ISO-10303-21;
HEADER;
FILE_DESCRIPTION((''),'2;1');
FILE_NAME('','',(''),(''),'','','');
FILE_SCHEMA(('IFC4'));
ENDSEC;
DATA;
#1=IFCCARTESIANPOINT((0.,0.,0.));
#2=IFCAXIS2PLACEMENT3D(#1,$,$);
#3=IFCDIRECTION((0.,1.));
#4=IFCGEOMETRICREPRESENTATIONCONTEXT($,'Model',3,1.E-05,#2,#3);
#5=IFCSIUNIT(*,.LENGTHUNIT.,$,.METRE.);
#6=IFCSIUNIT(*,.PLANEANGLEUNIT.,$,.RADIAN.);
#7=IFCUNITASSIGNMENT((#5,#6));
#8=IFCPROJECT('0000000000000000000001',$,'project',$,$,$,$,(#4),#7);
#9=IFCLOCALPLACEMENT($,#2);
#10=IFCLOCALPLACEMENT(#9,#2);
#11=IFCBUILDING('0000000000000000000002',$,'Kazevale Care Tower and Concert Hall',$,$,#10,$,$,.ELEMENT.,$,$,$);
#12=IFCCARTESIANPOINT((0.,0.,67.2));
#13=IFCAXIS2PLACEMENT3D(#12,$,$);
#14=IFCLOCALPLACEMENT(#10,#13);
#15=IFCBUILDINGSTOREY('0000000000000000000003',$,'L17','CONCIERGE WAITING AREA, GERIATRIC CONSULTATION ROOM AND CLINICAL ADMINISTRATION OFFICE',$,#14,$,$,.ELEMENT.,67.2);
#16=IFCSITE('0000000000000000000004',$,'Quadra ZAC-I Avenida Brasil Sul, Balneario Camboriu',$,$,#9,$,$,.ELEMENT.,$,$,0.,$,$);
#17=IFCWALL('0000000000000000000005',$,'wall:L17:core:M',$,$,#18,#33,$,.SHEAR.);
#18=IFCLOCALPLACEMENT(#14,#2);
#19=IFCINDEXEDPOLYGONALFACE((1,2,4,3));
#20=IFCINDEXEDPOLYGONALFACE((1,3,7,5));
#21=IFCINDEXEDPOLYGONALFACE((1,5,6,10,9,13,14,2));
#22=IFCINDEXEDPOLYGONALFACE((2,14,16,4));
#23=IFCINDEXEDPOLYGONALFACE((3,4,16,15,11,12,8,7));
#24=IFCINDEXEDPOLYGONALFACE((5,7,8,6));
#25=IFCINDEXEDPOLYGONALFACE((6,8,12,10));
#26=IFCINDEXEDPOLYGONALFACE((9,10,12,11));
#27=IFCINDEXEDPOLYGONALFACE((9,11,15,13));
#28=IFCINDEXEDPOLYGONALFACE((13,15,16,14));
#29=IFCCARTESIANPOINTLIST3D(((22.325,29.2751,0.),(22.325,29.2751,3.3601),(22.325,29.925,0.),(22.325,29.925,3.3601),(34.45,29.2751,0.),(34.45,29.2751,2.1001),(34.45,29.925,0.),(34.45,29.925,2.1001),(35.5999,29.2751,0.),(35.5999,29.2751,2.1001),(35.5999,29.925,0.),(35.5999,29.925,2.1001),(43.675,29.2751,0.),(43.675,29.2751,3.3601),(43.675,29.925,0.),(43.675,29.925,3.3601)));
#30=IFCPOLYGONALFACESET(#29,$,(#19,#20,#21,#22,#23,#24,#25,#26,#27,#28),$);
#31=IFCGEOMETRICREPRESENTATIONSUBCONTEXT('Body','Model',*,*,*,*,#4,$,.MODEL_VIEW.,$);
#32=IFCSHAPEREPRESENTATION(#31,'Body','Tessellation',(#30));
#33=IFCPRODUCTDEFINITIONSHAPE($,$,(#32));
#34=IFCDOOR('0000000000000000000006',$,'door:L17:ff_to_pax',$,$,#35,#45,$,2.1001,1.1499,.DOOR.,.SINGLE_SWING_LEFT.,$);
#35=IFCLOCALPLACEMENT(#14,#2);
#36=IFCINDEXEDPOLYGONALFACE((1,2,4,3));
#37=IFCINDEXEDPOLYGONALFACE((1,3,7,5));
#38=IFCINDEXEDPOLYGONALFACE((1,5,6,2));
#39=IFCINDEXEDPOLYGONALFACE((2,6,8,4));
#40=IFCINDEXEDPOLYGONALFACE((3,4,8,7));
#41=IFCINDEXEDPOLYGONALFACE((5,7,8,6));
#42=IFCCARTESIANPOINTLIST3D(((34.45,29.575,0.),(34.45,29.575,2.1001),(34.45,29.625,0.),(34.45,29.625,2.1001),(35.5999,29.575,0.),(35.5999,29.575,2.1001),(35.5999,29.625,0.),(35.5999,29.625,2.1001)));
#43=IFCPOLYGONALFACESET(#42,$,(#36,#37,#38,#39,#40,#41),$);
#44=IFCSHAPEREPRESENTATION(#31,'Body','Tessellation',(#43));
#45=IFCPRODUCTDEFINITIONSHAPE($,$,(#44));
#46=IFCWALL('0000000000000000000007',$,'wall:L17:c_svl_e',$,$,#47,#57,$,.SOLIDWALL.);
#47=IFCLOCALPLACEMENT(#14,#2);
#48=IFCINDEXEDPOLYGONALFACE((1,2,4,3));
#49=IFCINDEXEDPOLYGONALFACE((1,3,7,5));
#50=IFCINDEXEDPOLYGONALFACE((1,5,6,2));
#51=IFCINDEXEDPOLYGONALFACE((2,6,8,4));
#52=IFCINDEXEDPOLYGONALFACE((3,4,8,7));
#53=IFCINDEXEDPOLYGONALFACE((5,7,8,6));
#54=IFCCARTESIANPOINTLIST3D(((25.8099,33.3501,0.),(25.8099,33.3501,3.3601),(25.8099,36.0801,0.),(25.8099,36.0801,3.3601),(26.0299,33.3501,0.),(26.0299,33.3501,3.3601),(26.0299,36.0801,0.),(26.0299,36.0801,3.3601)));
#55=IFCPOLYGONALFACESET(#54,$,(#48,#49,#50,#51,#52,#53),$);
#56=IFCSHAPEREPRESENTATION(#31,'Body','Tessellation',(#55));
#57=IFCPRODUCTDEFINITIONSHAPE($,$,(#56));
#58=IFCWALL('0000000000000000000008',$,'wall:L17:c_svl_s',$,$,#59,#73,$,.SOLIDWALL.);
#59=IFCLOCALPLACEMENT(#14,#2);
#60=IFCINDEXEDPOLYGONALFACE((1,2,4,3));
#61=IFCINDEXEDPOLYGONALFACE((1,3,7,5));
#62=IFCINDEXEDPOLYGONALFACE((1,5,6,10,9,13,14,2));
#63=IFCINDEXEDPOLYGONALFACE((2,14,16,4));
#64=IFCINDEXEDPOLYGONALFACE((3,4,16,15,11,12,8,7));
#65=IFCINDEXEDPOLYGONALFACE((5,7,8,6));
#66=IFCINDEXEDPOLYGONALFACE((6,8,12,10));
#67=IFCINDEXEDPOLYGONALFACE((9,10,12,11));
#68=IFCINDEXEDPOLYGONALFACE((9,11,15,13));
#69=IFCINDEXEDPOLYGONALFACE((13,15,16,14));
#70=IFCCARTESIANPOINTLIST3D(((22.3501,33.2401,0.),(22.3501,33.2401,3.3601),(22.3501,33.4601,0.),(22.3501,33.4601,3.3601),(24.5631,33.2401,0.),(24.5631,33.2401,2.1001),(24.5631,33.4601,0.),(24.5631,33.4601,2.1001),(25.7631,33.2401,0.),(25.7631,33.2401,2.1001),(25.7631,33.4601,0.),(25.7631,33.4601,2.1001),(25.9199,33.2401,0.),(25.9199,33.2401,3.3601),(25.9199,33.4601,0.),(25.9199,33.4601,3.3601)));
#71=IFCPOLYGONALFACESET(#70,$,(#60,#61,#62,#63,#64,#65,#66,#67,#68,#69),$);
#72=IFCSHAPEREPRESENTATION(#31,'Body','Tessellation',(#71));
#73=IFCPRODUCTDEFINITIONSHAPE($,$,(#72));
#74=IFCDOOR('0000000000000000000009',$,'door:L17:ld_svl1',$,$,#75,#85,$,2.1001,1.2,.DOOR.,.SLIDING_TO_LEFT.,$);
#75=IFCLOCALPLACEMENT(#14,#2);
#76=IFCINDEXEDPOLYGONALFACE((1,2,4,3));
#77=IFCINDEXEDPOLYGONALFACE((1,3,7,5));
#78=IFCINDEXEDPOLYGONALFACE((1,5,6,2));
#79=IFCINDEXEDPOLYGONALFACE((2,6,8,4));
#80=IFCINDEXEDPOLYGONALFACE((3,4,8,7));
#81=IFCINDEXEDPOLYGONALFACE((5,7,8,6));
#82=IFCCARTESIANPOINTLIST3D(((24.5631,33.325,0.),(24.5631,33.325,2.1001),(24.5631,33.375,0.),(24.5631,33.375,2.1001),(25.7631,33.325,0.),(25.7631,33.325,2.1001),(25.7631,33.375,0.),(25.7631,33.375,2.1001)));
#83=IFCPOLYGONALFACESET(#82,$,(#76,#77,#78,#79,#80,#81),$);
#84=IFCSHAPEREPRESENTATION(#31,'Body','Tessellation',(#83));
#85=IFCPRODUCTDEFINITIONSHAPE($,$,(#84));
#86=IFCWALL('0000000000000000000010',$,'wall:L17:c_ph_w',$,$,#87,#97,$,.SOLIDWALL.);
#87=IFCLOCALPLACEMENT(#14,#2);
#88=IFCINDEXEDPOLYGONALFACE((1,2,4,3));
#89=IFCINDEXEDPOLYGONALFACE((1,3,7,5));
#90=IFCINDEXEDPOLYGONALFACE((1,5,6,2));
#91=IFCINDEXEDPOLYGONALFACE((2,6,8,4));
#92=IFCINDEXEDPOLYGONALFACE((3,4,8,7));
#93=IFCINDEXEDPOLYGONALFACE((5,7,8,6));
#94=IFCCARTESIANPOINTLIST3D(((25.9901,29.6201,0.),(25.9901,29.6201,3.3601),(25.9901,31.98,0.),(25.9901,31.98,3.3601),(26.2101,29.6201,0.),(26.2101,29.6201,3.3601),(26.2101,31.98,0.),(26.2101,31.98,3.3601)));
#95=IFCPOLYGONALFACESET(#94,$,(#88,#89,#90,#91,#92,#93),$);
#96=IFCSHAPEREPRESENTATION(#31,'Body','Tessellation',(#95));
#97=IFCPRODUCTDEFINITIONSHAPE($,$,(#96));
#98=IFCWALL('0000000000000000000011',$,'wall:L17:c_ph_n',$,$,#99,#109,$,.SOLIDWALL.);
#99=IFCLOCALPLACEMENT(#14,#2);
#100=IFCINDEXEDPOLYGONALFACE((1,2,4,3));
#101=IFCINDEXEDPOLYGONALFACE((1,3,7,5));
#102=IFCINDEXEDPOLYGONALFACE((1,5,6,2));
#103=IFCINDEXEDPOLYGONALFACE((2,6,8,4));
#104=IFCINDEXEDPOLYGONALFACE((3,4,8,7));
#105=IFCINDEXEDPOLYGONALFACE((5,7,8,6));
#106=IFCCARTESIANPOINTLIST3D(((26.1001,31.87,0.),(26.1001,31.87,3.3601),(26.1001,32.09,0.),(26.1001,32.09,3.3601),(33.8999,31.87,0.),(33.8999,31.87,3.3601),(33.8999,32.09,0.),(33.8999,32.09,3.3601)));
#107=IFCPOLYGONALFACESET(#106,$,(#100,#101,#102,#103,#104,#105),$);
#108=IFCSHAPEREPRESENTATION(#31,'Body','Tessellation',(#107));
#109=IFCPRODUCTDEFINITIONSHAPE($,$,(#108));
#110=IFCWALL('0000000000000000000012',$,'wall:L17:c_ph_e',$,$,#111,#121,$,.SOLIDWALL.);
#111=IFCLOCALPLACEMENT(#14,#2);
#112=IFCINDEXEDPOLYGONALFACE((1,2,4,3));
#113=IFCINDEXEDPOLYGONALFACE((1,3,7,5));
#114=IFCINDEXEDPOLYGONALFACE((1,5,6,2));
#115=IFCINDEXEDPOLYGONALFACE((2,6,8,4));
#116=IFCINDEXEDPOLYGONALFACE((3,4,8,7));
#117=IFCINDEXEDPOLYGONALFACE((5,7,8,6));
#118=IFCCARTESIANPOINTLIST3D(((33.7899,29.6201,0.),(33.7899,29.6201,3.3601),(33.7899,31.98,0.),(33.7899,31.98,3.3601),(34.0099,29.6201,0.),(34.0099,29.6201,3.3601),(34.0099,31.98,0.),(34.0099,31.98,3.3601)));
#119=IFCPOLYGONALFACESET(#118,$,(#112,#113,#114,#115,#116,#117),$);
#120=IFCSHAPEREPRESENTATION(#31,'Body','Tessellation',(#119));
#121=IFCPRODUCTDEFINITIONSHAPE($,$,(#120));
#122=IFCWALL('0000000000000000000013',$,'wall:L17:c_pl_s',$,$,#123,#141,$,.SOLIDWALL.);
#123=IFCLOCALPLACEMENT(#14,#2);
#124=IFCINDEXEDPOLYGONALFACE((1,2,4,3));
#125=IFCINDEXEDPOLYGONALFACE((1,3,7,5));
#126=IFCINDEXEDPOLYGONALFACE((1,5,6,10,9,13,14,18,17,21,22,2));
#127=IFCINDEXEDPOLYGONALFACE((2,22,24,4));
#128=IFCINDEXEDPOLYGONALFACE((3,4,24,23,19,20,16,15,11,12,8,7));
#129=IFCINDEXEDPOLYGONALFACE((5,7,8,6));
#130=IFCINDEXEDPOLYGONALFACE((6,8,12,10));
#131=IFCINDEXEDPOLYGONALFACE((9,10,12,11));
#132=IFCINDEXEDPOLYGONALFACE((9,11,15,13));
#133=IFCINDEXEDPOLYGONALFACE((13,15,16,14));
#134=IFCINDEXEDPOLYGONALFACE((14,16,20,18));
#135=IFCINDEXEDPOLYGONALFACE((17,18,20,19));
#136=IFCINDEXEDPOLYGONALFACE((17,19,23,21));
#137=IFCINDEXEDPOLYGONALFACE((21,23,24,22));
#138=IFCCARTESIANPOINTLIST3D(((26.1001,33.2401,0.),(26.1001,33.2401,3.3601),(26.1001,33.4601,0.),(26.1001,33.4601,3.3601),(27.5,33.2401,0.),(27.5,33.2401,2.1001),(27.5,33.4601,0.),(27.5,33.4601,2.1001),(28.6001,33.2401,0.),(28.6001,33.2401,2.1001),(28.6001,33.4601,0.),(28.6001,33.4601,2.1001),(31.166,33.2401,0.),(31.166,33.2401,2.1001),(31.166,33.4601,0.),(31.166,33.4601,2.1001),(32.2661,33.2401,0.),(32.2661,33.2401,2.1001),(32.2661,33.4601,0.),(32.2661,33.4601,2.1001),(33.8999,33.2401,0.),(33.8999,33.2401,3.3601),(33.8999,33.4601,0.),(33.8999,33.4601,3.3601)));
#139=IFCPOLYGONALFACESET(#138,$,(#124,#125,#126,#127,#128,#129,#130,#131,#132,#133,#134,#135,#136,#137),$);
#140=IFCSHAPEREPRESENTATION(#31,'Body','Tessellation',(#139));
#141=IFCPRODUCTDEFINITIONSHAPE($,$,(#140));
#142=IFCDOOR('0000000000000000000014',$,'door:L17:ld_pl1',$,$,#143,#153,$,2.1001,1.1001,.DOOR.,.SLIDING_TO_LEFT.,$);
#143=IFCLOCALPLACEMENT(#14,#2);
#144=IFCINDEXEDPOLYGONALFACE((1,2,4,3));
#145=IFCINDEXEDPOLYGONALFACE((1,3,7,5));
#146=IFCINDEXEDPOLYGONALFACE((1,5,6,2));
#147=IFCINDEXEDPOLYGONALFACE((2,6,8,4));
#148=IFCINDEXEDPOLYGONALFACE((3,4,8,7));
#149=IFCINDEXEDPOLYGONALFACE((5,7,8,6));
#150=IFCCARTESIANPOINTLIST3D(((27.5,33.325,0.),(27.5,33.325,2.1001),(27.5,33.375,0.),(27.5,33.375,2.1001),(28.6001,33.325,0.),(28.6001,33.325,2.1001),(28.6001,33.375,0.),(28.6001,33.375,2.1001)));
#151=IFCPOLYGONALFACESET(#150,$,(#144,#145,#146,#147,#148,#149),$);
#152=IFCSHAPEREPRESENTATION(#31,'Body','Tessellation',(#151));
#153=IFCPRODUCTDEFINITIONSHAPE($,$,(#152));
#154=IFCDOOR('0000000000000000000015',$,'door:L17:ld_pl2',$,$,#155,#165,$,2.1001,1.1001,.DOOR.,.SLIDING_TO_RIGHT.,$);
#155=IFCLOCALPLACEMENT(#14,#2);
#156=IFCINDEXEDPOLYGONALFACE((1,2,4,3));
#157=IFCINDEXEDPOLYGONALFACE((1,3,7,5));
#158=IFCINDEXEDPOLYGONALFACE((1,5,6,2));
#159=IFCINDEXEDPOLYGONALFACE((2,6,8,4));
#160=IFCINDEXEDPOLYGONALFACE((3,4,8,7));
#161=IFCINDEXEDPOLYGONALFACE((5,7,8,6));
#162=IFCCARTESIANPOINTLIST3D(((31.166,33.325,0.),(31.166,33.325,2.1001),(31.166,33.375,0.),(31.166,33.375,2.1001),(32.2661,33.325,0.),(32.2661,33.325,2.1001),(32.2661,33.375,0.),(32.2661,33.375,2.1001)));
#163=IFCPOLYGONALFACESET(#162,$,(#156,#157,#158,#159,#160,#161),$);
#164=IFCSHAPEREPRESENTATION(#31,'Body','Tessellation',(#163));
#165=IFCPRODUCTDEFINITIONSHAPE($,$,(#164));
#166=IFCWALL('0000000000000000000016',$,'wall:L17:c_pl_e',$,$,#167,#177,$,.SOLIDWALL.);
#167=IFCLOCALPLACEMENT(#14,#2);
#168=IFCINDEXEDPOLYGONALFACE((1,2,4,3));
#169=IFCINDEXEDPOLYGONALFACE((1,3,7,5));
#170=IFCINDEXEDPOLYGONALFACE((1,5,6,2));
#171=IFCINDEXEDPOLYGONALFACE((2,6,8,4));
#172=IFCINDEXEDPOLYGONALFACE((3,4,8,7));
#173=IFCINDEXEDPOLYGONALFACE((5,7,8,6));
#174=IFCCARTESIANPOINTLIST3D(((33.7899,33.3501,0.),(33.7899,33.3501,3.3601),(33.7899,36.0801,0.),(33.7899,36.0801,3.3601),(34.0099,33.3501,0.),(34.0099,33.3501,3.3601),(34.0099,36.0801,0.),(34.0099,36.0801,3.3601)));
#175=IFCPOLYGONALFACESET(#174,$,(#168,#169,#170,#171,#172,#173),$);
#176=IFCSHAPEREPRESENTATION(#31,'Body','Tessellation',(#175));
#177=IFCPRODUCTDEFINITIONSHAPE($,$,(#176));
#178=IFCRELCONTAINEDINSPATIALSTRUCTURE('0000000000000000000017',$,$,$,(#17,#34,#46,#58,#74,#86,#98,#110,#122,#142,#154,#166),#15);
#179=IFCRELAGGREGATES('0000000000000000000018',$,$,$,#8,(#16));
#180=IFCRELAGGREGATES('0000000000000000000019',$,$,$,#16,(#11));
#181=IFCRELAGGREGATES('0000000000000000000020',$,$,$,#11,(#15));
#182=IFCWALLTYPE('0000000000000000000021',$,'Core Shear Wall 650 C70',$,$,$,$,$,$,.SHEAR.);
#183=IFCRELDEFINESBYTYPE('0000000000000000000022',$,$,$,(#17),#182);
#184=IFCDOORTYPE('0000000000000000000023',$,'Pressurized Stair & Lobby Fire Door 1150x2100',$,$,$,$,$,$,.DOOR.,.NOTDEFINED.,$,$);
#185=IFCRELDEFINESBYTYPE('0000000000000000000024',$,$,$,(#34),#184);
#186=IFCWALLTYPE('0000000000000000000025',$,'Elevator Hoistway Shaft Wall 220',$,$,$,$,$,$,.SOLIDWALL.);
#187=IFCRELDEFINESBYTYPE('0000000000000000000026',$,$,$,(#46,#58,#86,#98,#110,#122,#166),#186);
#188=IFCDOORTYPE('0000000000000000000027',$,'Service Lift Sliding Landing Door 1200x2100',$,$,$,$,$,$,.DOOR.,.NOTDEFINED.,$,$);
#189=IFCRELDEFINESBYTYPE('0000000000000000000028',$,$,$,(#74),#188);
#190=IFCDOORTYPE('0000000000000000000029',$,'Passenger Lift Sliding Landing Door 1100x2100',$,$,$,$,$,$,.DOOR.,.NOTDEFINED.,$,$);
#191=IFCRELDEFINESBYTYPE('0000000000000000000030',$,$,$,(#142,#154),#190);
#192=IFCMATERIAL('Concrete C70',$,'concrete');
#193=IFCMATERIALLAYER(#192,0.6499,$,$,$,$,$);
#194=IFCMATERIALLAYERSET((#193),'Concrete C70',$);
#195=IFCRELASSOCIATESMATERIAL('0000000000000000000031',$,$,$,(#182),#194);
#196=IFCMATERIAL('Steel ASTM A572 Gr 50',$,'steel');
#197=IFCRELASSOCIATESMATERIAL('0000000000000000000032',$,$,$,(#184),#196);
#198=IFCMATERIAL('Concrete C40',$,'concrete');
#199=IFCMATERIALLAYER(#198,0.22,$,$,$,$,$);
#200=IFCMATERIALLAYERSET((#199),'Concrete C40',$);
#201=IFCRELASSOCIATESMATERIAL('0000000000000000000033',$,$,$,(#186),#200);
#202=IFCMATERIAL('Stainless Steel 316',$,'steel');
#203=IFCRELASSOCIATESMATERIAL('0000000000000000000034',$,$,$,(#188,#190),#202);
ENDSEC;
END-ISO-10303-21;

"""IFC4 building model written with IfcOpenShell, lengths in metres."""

from ifc_helpers import new_model, si_unit, direction, frame, frame_2d, origin, place, context, subcontext, project, spatial, rectangle, extrude, material, layer, layer_set, type_object, element, fill, save


model = new_model("IFC4")

# Units and contexts
model_context = context("Model", 3, precision=1e-05, world=origin(), true_north=direction((0.0, 1.0)))
body_context = subcontext(model_context, "Body", "Model", "MODEL_VIEW")
ifc_project = project(units=[si_unit("LENGTHUNIT", "METRE"), si_unit("PLANEANGLEUNIT", "RADIAN")], contexts=[model_context])

# Site, building, storey
site_placement = place(None, origin())
site = spatial("IfcSite", under=ifc_project, at=site_placement, Name="Quadra ZAC-I Avenida Brasil Sul, Balneario Camboriu", CompositionType="ELEMENT", RefElevation=0.0)
building_placement = place(site_placement, origin())
building = spatial("IfcBuilding", under=site, at=building_placement, Name="Kazevale Care Tower and Concert Hall", CompositionType="ELEMENT")
storey_placement = place(building_placement, frame((0.0, 0.0, 67.2)))
storey = spatial("IfcBuildingStorey", under=building, at=storey_placement, Name="L17", Description="CONCIERGE WAITING AREA, GERIATRIC CONSULTATION ROOM AND CLINICAL ADMINISTRATION OFFICE", CompositionType="ELEMENT", Elevation=67.2)

# Wall, opening, door
ifc_material_1 = material(Name="Concrete C70", Category="concrete")
ifc_layer_1 = layer(ifc_material_1, 0.6499)
ifc_layer_set_1 = layer_set([ifc_layer_1], Name="Concrete C70")
wall_type_1 = type_object("IfcWallType", Name="Core Shear Wall 650 C70", PredefinedType="SHEAR", material=ifc_layer_set_1)
wall_1_placement = place(storey_placement, frame((22.325, 29.6001, 0.0), z_axis=(0.0, 0.0, 1.0), x_axis=(1.0, 0.0, 0.0)))
wall_1 = element("IfcWall", 1, at=wall_1_placement, inside=storey, type_object=wall_type_1, Name="wall:L17:core:M", PredefinedType="SHEAR", context=body_context, shape_type="SweptSolid", body=[
    extrude(rectangle(XDim=21.3501, YDim=0.6499, at=frame_2d((10.675, 0.0))), origin(), (0.0, 0.0, 1.0), 3.3601),
])
opening_1_placement = place(wall_1_placement, frame((12.125, 0.0, 0.0)))
opening_1 = element("IfcOpeningElement", 2, at=opening_1_placement, cuts=wall_1, PredefinedType="OPENING", context=body_context, shape_type="SweptSolid", body=[
    extrude(rectangle(XDim=1.1499, YDim=2.1001, at=frame_2d((0.575, 1.05))), frame((0.0, 0.335, 0.0), z_axis=(0.0, -1.0, 0.0), x_axis=(1.0, 0.0, 0.0)), (0.0, 0.0, 1.0), 0.6699),
])
ifc_material_2 = material(Name="Steel ASTM A572 Gr 50", Category="steel")
door_type_1 = type_object("IfcDoorType", Name="Pressurized Stair & Lobby Fire Door 1150x2100", OperationType="NOTDEFINED", PredefinedType="DOOR", material=ifc_material_2)
door_1_placement = place(opening_1_placement, origin())
door_1 = element("IfcDoor", 3, at=door_1_placement, inside=storey, type_object=door_type_1, Name="door:L17:ff_to_pax", OperationType="SINGLE_SWING_LEFT", OverallHeight=2.1001, OverallWidth=1.1499, PredefinedType="DOOR", context=body_context, shape_type="SweptSolid", body=[
    extrude(rectangle(XDim=1.1499, YDim=2.1001, at=frame_2d((0.575, 1.05))), frame((0.0, 0.0249, 0.0), z_axis=(0.0, -1.0, 0.0), x_axis=(1.0, 0.0, 0.0)), (0.0, 0.0, 1.0), 0.05),
])
fill(opening_1, door_1)

# Wall
ifc_material_3 = material(Name="Concrete C40", Category="concrete")
ifc_layer_2 = layer(ifc_material_3, 0.22)
ifc_layer_set_2 = layer_set([ifc_layer_2], Name="Concrete C40")
wall_type_2 = type_object("IfcWallType", Name="Elevator Hoistway Shaft Wall 220", PredefinedType="SOLIDWALL", material=ifc_layer_set_2)
wall_2_placement = place(storey_placement, frame((25.9199, 33.3501, 0.0), z_axis=(0.0, 0.0, 1.0), x_axis=(0.0, 1.0, 0.0)))
element("IfcWall", 4, at=wall_2_placement, inside=storey, type_object=wall_type_2, Name="wall:L17:c_svl_e", PredefinedType="SOLIDWALL", context=body_context, shape_type="SweptSolid", body=[
    extrude(rectangle(XDim=2.73, YDim=0.22, at=frame_2d((1.365, 0.0))), origin(), (0.0, 0.0, 1.0), 3.3601),
])

# Wall, opening, door
wall_3_placement = place(storey_placement, frame((22.3501, 33.3501, 0.0), z_axis=(0.0, 0.0, 1.0), x_axis=(1.0, 0.0, 0.0)))
wall_3 = element("IfcWall", 5, at=wall_3_placement, inside=storey, type_object=wall_type_2, Name="wall:L17:c_svl_s", PredefinedType="SOLIDWALL", context=body_context, shape_type="SweptSolid", body=[
    extrude(rectangle(XDim=3.5698, YDim=0.22, at=frame_2d((1.7849, 0.0))), origin(), (0.0, 0.0, 1.0), 3.3601),
])
opening_2_placement = place(wall_3_placement, frame((2.2129, 0.0, 0.0)))
opening_2 = element("IfcOpeningElement", 6, at=opening_2_placement, cuts=wall_3, PredefinedType="OPENING", context=body_context, shape_type="SweptSolid", body=[
    extrude(rectangle(XDim=1.2, YDim=2.1001, at=frame_2d((0.6001, 1.05))), frame((0.0, 0.1199, 0.0), z_axis=(0.0, -1.0, 0.0), x_axis=(1.0, 0.0, 0.0)), (0.0, 0.0, 1.0), 0.24),
])
ifc_material_4 = material(Name="Stainless Steel 316", Category="steel")
door_type_2 = type_object("IfcDoorType", Name="Service Lift Sliding Landing Door 1200x2100", OperationType="NOTDEFINED", PredefinedType="DOOR", material=ifc_material_4)
door_2_placement = place(opening_2_placement, origin())
door_2 = element("IfcDoor", 7, at=door_2_placement, inside=storey, type_object=door_type_2, Name="door:L17:ld_svl1", OperationType="SLIDING_TO_LEFT", OverallHeight=2.1001, OverallWidth=1.2, PredefinedType="DOOR", context=body_context, shape_type="SweptSolid", body=[
    extrude(rectangle(XDim=1.2, YDim=2.1001, at=frame_2d((0.6001, 1.05))), frame((0.0, 0.0249, 0.0), z_axis=(0.0, -1.0, 0.0), x_axis=(1.0, 0.0, 0.0)), (0.0, 0.0, 1.0), 0.05),
])
fill(opening_2, door_2)

# Walls
wall_4_placement = place(storey_placement, frame((26.1001, 29.6201, 0.0), z_axis=(0.0, 0.0, 1.0), x_axis=(0.0, 1.0, 0.0)))
element("IfcWall", 8, at=wall_4_placement, inside=storey, type_object=wall_type_2, Name="wall:L17:c_ph_w", PredefinedType="SOLIDWALL", context=body_context, shape_type="SweptSolid", body=[
    extrude(rectangle(XDim=2.3599, YDim=0.22, at=frame_2d((1.1799, 0.0))), origin(), (0.0, 0.0, 1.0), 3.3601),
])
wall_5_placement = place(storey_placement, frame((26.1001, 31.98, 0.0), z_axis=(0.0, 0.0, 1.0), x_axis=(1.0, 0.0, 0.0)))
element("IfcWall", 9, at=wall_5_placement, inside=storey, type_object=wall_type_2, Name="wall:L17:c_ph_n", PredefinedType="SOLIDWALL", context=body_context, shape_type="SweptSolid", body=[
    extrude(rectangle(XDim=7.7998, YDim=0.22, at=frame_2d((3.8999, 0.0))), origin(), (0.0, 0.0, 1.0), 3.3601),
])
wall_6_placement = place(storey_placement, frame((33.8999, 29.6201, 0.0), z_axis=(0.0, 0.0, 1.0), x_axis=(0.0, 1.0, 0.0)))
element("IfcWall", 10, at=wall_6_placement, inside=storey, type_object=wall_type_2, Name="wall:L17:c_ph_e", PredefinedType="SOLIDWALL", context=body_context, shape_type="SweptSolid", body=[
    extrude(rectangle(XDim=2.3599, YDim=0.22, at=frame_2d((1.1799, 0.0))), origin(), (0.0, 0.0, 1.0), 3.3601),
])

# Wall, openings, doors
wall_7_placement = place(storey_placement, frame((26.1001, 33.3501, 0.0), z_axis=(0.0, 0.0, 1.0), x_axis=(1.0, 0.0, 0.0)))
wall_7 = element("IfcWall", 11, at=wall_7_placement, inside=storey, type_object=wall_type_2, Name="wall:L17:c_pl_s", PredefinedType="SOLIDWALL", context=body_context, shape_type="SweptSolid", body=[
    extrude(rectangle(XDim=7.7998, YDim=0.22, at=frame_2d((3.8999, 0.0))), origin(), (0.0, 0.0, 1.0), 3.3601),
])
opening_3_placement = place(wall_7_placement, frame((1.3999, 0.0, 0.0)))
opening_3 = element("IfcOpeningElement", 12, at=opening_3_placement, cuts=wall_7, PredefinedType="OPENING", context=body_context, shape_type="SweptSolid", body=[
    extrude(rectangle(XDim=1.1001, YDim=2.1001, at=frame_2d((0.55, 1.05))), frame((0.0, 0.1199, 0.0), z_axis=(0.0, -1.0, 0.0), x_axis=(1.0, 0.0, 0.0)), (0.0, 0.0, 1.0), 0.24),
])
opening_4_placement = place(wall_7_placement, frame((5.0659, 0.0, 0.0)))
opening_4 = element("IfcOpeningElement", 13, at=opening_4_placement, cuts=wall_7, PredefinedType="OPENING", context=body_context, shape_type="SweptSolid", body=[
    extrude(rectangle(XDim=1.1001, YDim=2.1001, at=frame_2d((0.55, 1.05))), frame((0.0, 0.1199, 0.0), z_axis=(0.0, -1.0, 0.0), x_axis=(1.0, 0.0, 0.0)), (0.0, 0.0, 1.0), 0.24),
])
door_type_3 = type_object("IfcDoorType", Name="Passenger Lift Sliding Landing Door 1100x2100", OperationType="NOTDEFINED", PredefinedType="DOOR", material=ifc_material_4)
door_3_placement = place(opening_3_placement, origin())
door_3 = element("IfcDoor", 14, at=door_3_placement, inside=storey, type_object=door_type_3, Name="door:L17:ld_pl1", OperationType="SLIDING_TO_LEFT", OverallHeight=2.1001, OverallWidth=1.1001, PredefinedType="DOOR", context=body_context, shape_type="SweptSolid", body=[
    extrude(rectangle(XDim=1.1001, YDim=2.1001, at=frame_2d((0.55, 1.05))), frame((0.0, 0.0249, 0.0), z_axis=(0.0, -1.0, 0.0), x_axis=(1.0, 0.0, 0.0)), (0.0, 0.0, 1.0), 0.05),
])
fill(opening_3, door_3)
door_4_placement = place(opening_4_placement, origin())
door_4 = element("IfcDoor", 15, at=door_4_placement, inside=storey, type_object=door_type_3, Name="door:L17:ld_pl2", OperationType="SLIDING_TO_RIGHT", OverallHeight=2.1001, OverallWidth=1.1001, PredefinedType="DOOR", context=body_context, shape_type="SweptSolid", body=[
    extrude(rectangle(XDim=1.1001, YDim=2.1001, at=frame_2d((0.55, 1.05))), frame((0.0, 0.0249, 0.0), z_axis=(0.0, -1.0, 0.0), x_axis=(1.0, 0.0, 0.0)), (0.0, 0.0, 1.0), 0.05),
])
fill(opening_4, door_4)

# Wall
wall_8_placement = place(storey_placement, frame((33.8999, 33.3501, 0.0), z_axis=(0.0, 0.0, 1.0), x_axis=(0.0, 1.0, 0.0)))
element("IfcWall", 16, at=wall_8_placement, inside=storey, type_object=wall_type_2, Name="wall:L17:c_pl_e", PredefinedType="SOLIDWALL", context=body_context, shape_type="SweptSolid", body=[
    extrude(rectangle(XDim=2.73, YDim=0.22, at=frame_2d((1.365, 0.0))), origin(), (0.0, 0.0, 1.0), 3.3601),
])

save(model, "model.ifc")
